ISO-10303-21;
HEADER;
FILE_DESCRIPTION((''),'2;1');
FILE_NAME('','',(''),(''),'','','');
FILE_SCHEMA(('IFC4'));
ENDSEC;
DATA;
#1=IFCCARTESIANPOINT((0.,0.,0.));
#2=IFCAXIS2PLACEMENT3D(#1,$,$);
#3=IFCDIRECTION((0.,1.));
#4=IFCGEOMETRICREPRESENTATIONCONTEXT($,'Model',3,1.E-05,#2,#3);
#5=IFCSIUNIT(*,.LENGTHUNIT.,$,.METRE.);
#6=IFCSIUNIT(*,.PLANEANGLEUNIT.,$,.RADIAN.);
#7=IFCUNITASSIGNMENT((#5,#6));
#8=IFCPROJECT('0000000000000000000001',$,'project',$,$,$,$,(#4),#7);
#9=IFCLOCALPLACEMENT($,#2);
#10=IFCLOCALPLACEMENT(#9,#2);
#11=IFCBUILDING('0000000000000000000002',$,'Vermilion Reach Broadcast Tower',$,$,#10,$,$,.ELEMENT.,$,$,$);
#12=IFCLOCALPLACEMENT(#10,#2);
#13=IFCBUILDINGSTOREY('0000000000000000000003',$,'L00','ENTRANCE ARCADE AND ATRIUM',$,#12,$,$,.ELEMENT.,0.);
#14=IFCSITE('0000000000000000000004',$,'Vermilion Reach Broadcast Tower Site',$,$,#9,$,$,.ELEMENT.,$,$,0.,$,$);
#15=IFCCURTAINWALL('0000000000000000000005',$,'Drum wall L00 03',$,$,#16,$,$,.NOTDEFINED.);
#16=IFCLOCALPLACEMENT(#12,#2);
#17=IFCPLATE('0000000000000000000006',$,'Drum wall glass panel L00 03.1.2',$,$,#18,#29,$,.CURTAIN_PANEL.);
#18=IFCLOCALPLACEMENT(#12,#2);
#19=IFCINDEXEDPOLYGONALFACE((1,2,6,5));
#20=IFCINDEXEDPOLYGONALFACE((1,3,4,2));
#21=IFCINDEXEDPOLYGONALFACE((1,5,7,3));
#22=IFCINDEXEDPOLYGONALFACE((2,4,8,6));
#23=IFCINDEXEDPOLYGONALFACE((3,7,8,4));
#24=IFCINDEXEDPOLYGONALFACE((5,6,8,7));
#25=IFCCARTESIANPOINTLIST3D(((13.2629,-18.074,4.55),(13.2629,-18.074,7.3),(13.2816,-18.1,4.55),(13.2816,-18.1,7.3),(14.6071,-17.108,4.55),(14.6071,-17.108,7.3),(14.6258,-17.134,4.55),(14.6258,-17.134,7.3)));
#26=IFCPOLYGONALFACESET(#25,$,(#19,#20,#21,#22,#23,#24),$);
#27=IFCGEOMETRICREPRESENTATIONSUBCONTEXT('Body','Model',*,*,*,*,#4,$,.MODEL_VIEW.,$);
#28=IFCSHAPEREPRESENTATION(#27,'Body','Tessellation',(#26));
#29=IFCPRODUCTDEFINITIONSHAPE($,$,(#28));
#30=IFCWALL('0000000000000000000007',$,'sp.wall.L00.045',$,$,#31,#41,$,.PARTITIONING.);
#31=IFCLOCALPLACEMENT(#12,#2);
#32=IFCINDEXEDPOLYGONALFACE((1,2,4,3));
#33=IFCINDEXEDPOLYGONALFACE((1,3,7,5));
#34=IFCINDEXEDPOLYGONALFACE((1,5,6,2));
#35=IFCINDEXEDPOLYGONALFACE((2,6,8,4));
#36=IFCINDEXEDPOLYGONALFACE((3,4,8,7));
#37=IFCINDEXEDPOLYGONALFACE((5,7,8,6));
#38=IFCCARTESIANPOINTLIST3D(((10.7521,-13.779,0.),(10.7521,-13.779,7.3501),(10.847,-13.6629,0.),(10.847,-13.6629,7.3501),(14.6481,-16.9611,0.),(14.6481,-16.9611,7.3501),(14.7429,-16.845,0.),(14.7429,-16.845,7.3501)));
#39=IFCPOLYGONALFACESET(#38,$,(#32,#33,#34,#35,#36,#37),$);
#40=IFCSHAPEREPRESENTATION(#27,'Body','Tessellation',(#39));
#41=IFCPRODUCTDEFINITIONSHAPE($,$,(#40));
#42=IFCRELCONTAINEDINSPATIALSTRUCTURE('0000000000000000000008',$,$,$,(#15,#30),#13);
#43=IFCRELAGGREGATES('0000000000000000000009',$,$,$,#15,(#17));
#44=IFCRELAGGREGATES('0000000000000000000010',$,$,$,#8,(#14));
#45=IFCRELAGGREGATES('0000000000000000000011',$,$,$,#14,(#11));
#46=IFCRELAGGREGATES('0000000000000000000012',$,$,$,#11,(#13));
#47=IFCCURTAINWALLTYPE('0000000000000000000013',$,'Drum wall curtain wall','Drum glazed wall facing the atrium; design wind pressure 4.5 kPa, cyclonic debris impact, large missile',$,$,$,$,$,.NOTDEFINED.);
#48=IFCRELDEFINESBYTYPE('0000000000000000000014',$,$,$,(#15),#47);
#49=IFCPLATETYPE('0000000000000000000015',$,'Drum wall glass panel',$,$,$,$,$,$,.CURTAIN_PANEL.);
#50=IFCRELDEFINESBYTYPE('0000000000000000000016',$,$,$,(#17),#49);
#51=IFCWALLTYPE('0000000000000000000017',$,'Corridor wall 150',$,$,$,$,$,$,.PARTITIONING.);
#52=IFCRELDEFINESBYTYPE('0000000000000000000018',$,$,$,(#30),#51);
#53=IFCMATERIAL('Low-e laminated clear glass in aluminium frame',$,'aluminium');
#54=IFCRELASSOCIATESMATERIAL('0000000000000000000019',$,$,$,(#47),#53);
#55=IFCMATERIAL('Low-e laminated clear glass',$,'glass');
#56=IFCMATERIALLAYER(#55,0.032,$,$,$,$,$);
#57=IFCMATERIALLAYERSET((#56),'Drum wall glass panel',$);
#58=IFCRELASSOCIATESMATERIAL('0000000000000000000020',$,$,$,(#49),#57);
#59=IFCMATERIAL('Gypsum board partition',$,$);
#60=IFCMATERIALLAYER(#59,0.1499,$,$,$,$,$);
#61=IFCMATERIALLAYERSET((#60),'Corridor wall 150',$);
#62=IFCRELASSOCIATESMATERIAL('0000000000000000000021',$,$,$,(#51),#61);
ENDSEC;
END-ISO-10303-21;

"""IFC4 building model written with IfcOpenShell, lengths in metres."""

from ifc_helpers import new_model, si_unit, direction, frame, frame_2d, origin, origin_2d, place, context, subcontext, project, spatial, rectangle, extrude, material, layer, layer_set, type_object, element, aggregate, save


model = new_model("IFC4")

# Units and contexts
model_context = context("Model", 3, precision=1e-05, world=origin(), true_north=direction((0.0, 1.0)))
body_context = subcontext(model_context, "Body", "Model", "MODEL_VIEW")
ifc_project = project(units=[si_unit("LENGTHUNIT", "METRE"), si_unit("PLANEANGLEUNIT", "RADIAN")], contexts=[model_context])

# Site, building, storey
site_placement = place(None, origin())
site = spatial("IfcSite", under=ifc_project, at=site_placement, Name="Vermilion Reach Broadcast Tower Site", CompositionType="ELEMENT", RefElevation=0.0)
building_placement = place(site_placement, origin())
building = spatial("IfcBuilding", under=site, at=building_placement, Name="Vermilion Reach Broadcast Tower", CompositionType="ELEMENT")
storey_placement = place(building_placement, origin())
storey = spatial("IfcBuildingStorey", under=building, at=storey_placement, Name="L00", Description="ENTRANCE ARCADE AND ATRIUM", CompositionType="ELEMENT", Elevation=0.0)

# Shared definitions
ifc_material_1 = material(Name="Low-e laminated clear glass in aluminium frame", Category="aluminium")
curtain_wall_type = type_object("IfcCurtainWallType", Name="Drum wall curtain wall", Description="Drum glazed wall facing the atrium; design wind pressure 4.5 kPa, cyclonic debris impact, large missile", PredefinedType="NOTDEFINED", material=ifc_material_1)
placement = place(storey_placement, origin())

# Curtain wall
curtain_wall_1 = element("IfcCurtainWall", 1, at=placement, inside=storey, type_object=curtain_wall_type, Name="Drum wall L00 03", PredefinedType="NOTDEFINED")

# Plate
ifc_material_2 = material(Name="Low-e laminated clear glass", Category="glass")
ifc_layer_1 = layer(ifc_material_2, 0.032)
ifc_layer_set_1 = layer_set([ifc_layer_1], Name="Drum wall glass panel")
plate_type = type_object("IfcPlateType", Name="Drum wall glass panel", PredefinedType="CURTAIN_PANEL", material=ifc_layer_set_1)
plate_1_placement = place(storey_placement, frame((13.9443, -17.604, 4.55), z_axis=(0.0, 0.0, 1.0), x_axis=(-0.812051, -0.583587, 0.0)))
plate_1 = element("IfcPlate", 2, at=plate_1_placement, type_object=plate_type, Name="Drum wall glass panel L00 03.1.2", PredefinedType="CURTAIN_PANEL", context=body_context, shape_type="SweptSolid", body=[
    extrude(rectangle(XDim=1.6553, YDim=0.032, at=origin_2d()), origin(), (0.0, 0.0, 1.0), 2.75),
])
aggregate(curtain_wall_1, [plate_1])

# Wall
ifc_material_3 = material(Name="Gypsum board partition")
ifc_layer_2 = layer(ifc_material_3, 0.1499)
ifc_layer_set_2 = layer_set([ifc_layer_2], Name="Corridor wall 150")
wall_type = type_object("IfcWallType", Name="Corridor wall 150", PredefinedType="PARTITIONING", material=ifc_layer_set_2)
wall_placement = place(storey_placement, frame((10.7996, -13.7209, 0.0), z_axis=(0.0, 0.0, 1.0), x_axis=(0.774493, -0.632582, 0.0)))
element("IfcWall", 3, at=wall_placement, inside=storey, type_object=wall_type, Name="sp.wall.L00.045", PredefinedType="PARTITIONING", context=body_context, shape_type="SweptSolid", body=[
    extrude(rectangle(XDim=5.0303, YDim=0.1499, at=frame_2d((2.5151, 0.0))), origin(), (0.0, 0.0, 1.0), 7.3501),
])

save(model, "model.ifc")
